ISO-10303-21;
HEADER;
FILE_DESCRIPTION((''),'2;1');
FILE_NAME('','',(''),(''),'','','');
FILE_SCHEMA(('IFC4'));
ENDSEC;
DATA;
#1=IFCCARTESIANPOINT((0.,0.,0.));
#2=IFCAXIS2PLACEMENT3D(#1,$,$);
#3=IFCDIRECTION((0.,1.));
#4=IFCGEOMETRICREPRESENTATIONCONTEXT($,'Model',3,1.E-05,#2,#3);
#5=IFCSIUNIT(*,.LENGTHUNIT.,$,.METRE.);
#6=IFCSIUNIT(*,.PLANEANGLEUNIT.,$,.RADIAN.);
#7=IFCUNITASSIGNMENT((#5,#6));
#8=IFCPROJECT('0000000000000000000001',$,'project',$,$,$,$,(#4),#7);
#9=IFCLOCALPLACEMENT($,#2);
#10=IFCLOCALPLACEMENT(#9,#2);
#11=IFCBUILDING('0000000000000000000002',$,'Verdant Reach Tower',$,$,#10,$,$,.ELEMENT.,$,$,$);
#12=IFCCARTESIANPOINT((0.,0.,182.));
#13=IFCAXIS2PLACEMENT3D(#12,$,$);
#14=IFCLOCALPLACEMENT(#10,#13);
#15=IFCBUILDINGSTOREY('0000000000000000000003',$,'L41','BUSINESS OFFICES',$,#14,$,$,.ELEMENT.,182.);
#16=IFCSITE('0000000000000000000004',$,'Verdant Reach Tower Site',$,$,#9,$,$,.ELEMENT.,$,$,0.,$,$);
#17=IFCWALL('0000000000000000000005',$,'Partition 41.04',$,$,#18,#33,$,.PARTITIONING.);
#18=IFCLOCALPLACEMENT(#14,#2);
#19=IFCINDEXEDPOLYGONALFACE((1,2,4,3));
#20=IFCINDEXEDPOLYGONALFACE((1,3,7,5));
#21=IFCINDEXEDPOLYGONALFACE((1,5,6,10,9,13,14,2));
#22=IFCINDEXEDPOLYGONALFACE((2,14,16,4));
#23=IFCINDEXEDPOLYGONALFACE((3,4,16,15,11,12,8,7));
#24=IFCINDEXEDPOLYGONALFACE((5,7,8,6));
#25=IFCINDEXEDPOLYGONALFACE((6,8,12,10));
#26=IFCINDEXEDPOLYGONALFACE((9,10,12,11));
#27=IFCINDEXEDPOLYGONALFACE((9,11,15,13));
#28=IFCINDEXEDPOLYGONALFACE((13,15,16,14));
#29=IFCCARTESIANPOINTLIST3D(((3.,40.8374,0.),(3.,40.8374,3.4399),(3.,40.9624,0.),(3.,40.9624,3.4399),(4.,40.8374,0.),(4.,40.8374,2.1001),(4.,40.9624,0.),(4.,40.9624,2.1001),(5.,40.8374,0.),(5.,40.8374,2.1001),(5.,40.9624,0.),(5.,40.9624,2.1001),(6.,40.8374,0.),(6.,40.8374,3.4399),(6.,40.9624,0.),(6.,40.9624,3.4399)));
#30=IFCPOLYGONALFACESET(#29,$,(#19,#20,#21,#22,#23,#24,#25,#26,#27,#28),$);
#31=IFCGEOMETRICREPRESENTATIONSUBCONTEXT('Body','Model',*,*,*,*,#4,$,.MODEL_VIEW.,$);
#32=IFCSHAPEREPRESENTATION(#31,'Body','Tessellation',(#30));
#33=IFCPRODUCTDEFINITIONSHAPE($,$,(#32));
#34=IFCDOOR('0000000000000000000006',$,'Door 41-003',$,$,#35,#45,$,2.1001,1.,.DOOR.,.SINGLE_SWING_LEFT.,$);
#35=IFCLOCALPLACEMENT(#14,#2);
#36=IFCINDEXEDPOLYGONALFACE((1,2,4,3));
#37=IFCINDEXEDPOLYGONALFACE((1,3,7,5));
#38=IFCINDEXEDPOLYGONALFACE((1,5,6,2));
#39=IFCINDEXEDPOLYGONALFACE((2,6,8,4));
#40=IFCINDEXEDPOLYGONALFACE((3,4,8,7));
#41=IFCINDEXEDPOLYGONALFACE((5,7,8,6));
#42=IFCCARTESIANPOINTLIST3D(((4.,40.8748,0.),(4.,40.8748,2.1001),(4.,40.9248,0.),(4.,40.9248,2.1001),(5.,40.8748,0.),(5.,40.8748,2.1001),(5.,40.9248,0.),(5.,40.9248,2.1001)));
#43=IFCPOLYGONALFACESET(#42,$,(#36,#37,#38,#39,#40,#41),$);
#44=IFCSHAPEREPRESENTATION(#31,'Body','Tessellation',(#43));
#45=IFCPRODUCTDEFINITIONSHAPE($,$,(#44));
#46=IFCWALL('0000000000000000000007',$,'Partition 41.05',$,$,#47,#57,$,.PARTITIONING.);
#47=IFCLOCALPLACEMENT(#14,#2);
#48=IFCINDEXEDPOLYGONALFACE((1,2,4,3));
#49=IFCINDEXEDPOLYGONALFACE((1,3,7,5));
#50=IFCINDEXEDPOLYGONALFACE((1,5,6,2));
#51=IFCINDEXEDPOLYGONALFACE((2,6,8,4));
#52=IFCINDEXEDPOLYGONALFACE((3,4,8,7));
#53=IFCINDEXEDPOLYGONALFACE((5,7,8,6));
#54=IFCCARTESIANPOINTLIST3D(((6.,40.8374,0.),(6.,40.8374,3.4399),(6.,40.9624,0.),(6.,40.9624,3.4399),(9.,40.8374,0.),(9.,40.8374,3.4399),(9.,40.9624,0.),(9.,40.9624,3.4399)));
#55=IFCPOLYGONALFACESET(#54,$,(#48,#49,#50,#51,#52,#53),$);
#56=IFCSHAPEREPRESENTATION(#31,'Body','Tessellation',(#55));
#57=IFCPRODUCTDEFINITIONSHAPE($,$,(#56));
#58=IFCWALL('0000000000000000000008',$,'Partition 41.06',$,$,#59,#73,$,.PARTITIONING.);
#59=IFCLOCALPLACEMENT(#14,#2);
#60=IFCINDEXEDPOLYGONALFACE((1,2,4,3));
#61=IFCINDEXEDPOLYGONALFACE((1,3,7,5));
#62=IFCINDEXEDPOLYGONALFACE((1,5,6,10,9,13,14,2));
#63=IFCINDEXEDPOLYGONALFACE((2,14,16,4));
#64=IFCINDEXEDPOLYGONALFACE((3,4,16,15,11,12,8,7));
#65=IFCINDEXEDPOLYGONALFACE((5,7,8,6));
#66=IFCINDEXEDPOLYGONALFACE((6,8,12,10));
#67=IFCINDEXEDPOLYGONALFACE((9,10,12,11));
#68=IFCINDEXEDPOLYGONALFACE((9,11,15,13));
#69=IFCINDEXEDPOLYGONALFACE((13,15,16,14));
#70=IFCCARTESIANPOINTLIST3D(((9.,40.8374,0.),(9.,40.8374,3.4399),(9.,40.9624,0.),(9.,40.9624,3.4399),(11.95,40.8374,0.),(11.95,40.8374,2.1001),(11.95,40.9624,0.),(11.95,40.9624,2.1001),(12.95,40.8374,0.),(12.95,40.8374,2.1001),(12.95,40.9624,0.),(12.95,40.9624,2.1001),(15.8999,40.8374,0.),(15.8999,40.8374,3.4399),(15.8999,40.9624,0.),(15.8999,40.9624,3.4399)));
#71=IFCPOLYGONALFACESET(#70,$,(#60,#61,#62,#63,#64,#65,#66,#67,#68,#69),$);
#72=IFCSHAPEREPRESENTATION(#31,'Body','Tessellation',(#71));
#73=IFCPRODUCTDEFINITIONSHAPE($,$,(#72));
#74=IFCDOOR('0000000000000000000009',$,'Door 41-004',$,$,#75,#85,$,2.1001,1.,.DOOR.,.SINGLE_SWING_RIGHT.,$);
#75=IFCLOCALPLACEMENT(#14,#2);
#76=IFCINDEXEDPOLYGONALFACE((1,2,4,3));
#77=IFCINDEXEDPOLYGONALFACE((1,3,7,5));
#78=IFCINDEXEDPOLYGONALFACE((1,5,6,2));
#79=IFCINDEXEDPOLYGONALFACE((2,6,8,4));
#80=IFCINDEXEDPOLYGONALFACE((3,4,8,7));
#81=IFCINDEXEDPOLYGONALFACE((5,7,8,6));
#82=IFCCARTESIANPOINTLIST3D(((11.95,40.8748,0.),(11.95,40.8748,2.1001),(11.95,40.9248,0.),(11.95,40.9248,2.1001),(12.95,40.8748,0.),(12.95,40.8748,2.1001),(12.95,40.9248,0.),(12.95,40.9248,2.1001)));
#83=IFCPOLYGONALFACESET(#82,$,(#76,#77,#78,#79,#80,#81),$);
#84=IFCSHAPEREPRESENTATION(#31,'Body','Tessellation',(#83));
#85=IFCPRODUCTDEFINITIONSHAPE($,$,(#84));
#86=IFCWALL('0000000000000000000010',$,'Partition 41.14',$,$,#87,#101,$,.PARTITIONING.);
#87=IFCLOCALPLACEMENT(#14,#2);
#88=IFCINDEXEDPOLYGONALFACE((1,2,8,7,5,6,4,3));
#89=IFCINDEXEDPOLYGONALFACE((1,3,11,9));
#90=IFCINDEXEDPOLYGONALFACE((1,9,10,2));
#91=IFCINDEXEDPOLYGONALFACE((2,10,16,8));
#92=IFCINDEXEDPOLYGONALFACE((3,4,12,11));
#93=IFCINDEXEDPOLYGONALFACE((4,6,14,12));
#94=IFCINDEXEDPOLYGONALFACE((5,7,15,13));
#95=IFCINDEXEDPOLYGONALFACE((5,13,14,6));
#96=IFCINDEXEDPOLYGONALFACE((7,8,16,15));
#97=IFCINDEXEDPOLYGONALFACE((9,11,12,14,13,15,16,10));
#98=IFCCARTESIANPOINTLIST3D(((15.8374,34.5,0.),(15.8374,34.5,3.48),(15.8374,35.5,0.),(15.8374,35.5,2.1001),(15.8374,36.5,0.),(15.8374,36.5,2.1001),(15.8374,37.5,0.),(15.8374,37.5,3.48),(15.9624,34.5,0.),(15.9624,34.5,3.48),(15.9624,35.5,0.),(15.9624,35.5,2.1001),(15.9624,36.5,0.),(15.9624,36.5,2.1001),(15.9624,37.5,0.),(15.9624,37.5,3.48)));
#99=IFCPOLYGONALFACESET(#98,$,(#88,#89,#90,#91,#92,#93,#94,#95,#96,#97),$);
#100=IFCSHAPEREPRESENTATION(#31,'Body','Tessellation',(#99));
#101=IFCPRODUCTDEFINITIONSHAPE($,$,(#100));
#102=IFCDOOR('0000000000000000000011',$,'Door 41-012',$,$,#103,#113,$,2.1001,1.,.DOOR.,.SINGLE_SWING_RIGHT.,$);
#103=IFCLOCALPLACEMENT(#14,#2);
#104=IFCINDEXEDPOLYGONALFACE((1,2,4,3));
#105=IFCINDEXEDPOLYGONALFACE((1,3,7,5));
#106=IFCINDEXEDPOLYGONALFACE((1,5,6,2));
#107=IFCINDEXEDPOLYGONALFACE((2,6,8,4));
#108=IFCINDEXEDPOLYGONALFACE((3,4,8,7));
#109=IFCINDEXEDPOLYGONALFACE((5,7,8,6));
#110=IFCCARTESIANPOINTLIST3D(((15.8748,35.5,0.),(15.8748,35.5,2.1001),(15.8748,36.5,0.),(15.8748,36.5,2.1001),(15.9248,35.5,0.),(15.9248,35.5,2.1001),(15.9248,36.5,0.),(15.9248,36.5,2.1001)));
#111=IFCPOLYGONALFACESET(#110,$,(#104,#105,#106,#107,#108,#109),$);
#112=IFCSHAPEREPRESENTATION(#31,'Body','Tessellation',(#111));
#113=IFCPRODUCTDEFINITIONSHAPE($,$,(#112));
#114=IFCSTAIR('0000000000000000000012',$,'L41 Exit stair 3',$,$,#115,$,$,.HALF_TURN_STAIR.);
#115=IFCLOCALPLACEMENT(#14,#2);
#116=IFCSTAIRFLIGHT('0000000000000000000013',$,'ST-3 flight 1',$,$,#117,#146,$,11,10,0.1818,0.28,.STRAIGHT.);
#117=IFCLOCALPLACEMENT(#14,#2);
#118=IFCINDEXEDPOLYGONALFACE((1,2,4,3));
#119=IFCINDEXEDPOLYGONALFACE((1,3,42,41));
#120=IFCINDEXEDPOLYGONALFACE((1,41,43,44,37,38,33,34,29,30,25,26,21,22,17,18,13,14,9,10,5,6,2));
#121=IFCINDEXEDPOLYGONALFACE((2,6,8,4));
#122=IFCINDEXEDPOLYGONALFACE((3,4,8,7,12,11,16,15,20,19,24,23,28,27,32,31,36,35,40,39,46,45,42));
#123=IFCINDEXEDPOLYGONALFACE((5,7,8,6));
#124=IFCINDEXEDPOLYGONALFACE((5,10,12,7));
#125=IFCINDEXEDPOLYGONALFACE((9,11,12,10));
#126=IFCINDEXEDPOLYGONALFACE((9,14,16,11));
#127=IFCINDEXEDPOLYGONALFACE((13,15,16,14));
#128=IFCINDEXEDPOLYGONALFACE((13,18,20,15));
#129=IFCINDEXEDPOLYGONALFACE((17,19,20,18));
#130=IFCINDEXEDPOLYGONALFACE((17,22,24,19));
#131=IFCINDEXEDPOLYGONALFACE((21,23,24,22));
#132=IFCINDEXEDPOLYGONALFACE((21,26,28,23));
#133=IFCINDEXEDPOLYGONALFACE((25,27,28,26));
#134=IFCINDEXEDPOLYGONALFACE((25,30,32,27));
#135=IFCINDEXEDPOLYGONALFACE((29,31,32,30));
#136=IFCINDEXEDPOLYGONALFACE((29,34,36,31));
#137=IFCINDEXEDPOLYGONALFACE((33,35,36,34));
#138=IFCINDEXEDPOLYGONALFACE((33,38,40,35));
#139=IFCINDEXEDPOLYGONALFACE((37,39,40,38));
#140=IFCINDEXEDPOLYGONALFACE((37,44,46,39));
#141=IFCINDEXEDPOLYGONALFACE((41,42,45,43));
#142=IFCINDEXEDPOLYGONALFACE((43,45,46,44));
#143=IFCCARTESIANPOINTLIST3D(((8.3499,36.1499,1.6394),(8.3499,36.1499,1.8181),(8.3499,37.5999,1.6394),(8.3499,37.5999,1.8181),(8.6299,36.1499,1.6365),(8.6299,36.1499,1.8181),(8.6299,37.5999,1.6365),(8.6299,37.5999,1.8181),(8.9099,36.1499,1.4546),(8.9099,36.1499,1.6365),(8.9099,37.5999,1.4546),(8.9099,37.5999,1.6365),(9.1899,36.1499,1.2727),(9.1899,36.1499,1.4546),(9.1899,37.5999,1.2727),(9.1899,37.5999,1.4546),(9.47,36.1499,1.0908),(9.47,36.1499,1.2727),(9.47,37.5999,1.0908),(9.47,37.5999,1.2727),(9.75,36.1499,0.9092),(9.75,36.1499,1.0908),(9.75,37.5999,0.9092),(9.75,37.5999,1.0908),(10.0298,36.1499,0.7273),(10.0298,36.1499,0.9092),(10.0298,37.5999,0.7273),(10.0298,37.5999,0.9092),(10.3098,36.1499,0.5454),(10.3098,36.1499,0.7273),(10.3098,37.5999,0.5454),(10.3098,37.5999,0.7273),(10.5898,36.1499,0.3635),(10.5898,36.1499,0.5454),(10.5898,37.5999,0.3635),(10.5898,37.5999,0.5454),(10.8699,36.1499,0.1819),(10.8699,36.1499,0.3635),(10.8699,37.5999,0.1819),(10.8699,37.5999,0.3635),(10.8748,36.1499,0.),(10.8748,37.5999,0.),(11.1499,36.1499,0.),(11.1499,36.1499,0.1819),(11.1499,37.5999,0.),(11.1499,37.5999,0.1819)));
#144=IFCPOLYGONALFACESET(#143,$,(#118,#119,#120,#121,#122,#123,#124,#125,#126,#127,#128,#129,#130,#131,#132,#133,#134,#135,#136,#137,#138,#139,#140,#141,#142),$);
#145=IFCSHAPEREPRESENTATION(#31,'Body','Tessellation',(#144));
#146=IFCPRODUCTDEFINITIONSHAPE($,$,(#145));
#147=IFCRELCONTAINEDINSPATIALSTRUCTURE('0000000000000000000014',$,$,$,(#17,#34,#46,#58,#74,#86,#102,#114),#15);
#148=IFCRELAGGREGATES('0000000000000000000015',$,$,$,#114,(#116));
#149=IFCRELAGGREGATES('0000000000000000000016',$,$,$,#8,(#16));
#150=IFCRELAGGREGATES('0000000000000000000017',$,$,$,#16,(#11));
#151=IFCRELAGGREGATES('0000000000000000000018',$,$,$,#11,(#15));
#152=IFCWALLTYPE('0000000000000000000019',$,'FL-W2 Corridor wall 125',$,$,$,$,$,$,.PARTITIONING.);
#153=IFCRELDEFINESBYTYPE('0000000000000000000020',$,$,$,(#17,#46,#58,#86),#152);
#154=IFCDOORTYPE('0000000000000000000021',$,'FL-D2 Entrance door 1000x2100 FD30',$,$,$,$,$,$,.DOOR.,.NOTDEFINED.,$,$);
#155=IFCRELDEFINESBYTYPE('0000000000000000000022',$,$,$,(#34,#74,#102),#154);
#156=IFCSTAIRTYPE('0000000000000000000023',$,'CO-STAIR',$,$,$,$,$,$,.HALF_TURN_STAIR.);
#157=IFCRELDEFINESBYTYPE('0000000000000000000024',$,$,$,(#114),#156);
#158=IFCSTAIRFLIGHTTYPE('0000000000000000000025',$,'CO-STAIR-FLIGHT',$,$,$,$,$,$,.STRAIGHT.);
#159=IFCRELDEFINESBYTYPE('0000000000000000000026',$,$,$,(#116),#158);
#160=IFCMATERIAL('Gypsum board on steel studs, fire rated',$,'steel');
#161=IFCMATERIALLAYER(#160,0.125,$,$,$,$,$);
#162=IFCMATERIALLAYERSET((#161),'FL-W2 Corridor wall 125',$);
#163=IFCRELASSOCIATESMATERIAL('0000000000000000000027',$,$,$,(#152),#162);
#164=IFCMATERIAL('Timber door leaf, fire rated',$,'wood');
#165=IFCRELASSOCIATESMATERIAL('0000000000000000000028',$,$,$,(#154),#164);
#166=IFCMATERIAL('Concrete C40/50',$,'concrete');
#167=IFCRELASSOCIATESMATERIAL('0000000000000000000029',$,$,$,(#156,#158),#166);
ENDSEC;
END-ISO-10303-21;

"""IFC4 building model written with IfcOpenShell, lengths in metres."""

from ifc_helpers import new_model, si_unit, direction, frame, frame_2d, origin, place, context, subcontext, project, spatial, polyline, rectangle, outline, extrude, material, layer, layer_set, type_object, element, fill, aggregate, save


model = new_model("IFC4")

# Units and contexts
model_context = context("Model", 3, precision=1e-05, world=origin(), true_north=direction((0.0, 1.0)))
body_context = subcontext(model_context, "Body", "Model", "MODEL_VIEW")
ifc_project = project(units=[si_unit("LENGTHUNIT", "METRE"), si_unit("PLANEANGLEUNIT", "RADIAN")], contexts=[model_context])

# Site, building, storey
site_placement = place(None, origin())
site = spatial("IfcSite", under=ifc_project, at=site_placement, Name="Verdant Reach Tower Site", CompositionType="ELEMENT", RefElevation=0.0)
building_placement = place(site_placement, origin())
building = spatial("IfcBuilding", under=site, at=building_placement, Name="Verdant Reach Tower", CompositionType="ELEMENT")
storey_placement = place(building_placement, frame((0.0, 0.0, 182.0)))
storey = spatial("IfcBuildingStorey", under=building, at=storey_placement, Name="L41", Description="BUSINESS OFFICES", CompositionType="ELEMENT", Elevation=182.0)

# Wall, opening, door
ifc_material_1 = material(Name="Gypsum board on steel studs, fire rated", Category="steel")
ifc_layer_1 = layer(ifc_material_1, 0.125)
ifc_layer_set_1 = layer_set([ifc_layer_1], Name="FL-W2 Corridor wall 125")
wall_type_1 = type_object("IfcWallType", Name="FL-W2 Corridor wall 125", PredefinedType="PARTITIONING", material=ifc_layer_set_1)
wall_1_placement = place(storey_placement, frame((3.0, 40.8999, 0.0), z_axis=(0.0, 0.0, 1.0), x_axis=(1.0, 0.0, 0.0)))
wall_1 = element("IfcWall", 1, at=wall_1_placement, inside=storey, type_object=wall_type_1, Name="Partition 41.04", PredefinedType="PARTITIONING", context=body_context, shape_type="SweptSolid", body=[
    extrude(rectangle(XDim=3.0, YDim=0.125, at=frame_2d((1.5, 0.0))), origin(), (0.0, 0.0, 1.0), 3.4399),
])
opening_1_placement = place(wall_1_placement, frame((1.0, 0.0, 0.0)))
opening_1 = element("IfcOpeningElement", 2, at=opening_1_placement, cuts=wall_1, PredefinedType="OPENING", context=body_context, shape_type="SweptSolid", body=[
    extrude(rectangle(XDim=1.0, YDim=2.1001, at=frame_2d((0.5, 1.05))), frame((0.0, 0.0725, 0.0), z_axis=(0.0, -1.0, 0.0), x_axis=(1.0, 0.0, 0.0)), (0.0, 0.0, 1.0), 0.145),
])
ifc_material_2 = material(Name="Timber door leaf, fire rated", Category="wood")
door_type_1 = type_object("IfcDoorType", Name="FL-D2 Entrance door 1000x2100 FD30", OperationType="NOTDEFINED", PredefinedType="DOOR", material=ifc_material_2)
door_1_placement = place(opening_1_placement, origin())
door_1 = element("IfcDoor", 3, at=door_1_placement, inside=storey, type_object=door_type_1, Name="Door 41-003", OperationType="SINGLE_SWING_LEFT", OverallHeight=2.1001, OverallWidth=1.0, PredefinedType="DOOR", context=body_context, shape_type="SweptSolid", body=[
    extrude(rectangle(XDim=1.0, YDim=2.1001, at=frame_2d((0.5, 1.05))), frame((0.0, 0.0249, 0.0), z_axis=(0.0, -1.0, 0.0), x_axis=(1.0, 0.0, 0.0)), (0.0, 0.0, 1.0), 0.05),
])
fill(opening_1, door_1)

# Wall
wall_2_placement = place(storey_placement, frame((9.0, 40.8999, 0.0), z_axis=(0.0, 0.0, 1.0), x_axis=(-1.0, 0.0, 0.0)))
element("IfcWall", 4, at=wall_2_placement, inside=storey, type_object=wall_type_1, Name="Partition 41.05", PredefinedType="PARTITIONING", context=body_context, shape_type="SweptSolid", body=[
    extrude(rectangle(XDim=3.0, YDim=0.125, at=frame_2d((1.5, 0.0))), origin(), (0.0, 0.0, 1.0), 3.4399),
])

# Walls, openings, doors
wall_3_placement = place(storey_placement, frame((9.0, 40.8999, 0.0), z_axis=(0.0, 0.0, 1.0), x_axis=(1.0, 0.0, 0.0)))
wall_3 = element("IfcWall", 5, at=wall_3_placement, inside=storey, type_object=wall_type_1, Name="Partition 41.06", PredefinedType="PARTITIONING", context=body_context, shape_type="SweptSolid", body=[
    extrude(rectangle(XDim=6.8999, YDim=0.125, at=frame_2d((3.45, 0.0))), origin(), (0.0, 0.0, 1.0), 3.4399),
])
opening_2_placement = place(wall_3_placement, frame((2.95, 0.0, 0.0)))
opening_2 = element("IfcOpeningElement", 6, at=opening_2_placement, cuts=wall_3, PredefinedType="OPENING", context=body_context, shape_type="SweptSolid", body=[
    extrude(rectangle(XDim=1.0, YDim=2.1001, at=frame_2d((0.5, 1.05))), frame((0.0, 0.0725, 0.0), z_axis=(0.0, -1.0, 0.0), x_axis=(1.0, 0.0, 0.0)), (0.0, 0.0, 1.0), 0.145),
])
door_2_placement = place(opening_2_placement, origin())
door_2 = element("IfcDoor", 7, at=door_2_placement, inside=storey, type_object=door_type_1, Name="Door 41-004", OperationType="SINGLE_SWING_RIGHT", OverallHeight=2.1001, OverallWidth=1.0, PredefinedType="DOOR", context=body_context, shape_type="SweptSolid", body=[
    extrude(rectangle(XDim=1.0, YDim=2.1001, at=frame_2d((0.5, 1.05))), frame((0.0, 0.0249, 0.0), z_axis=(0.0, -1.0, 0.0), x_axis=(1.0, 0.0, 0.0)), (0.0, 0.0, 1.0), 0.05),
])
fill(opening_2, door_2)
wall_4_placement = place(storey_placement, frame((15.8999, 37.5, 0.0), z_axis=(0.0, 0.0, 1.0), x_axis=(0.0, -1.0, 0.0)))
wall_4 = element("IfcWall", 8, at=wall_4_placement, inside=storey, type_object=wall_type_1, Name="Partition 41.14", PredefinedType="PARTITIONING", context=body_context, shape_type="SweptSolid", body=[
    extrude(rectangle(XDim=3.0, YDim=0.125, at=frame_2d((1.5, 0.0))), origin(), (0.0, 0.0, 1.0), 3.48),
])
opening_3_placement = place(wall_4_placement, frame((1.0, 0.0, 0.0)))
opening_3 = element("IfcOpeningElement", 9, at=opening_3_placement, cuts=wall_4, PredefinedType="OPENING", context=body_context, shape_type="SweptSolid", body=[
    extrude(rectangle(XDim=1.0, YDim=2.1001, at=frame_2d((0.5, 1.05))), frame((0.0, 0.0725, 0.0), z_axis=(0.0, -1.0, 0.0), x_axis=(1.0, 0.0, 0.0)), (0.0, 0.0, 1.0), 0.145),
])
door_3_placement = place(opening_3_placement, origin())
door_3 = element("IfcDoor", 10, at=door_3_placement, inside=storey, type_object=door_type_1, Name="Door 41-012", OperationType="SINGLE_SWING_RIGHT", OverallHeight=2.1001, OverallWidth=1.0, PredefinedType="DOOR", context=body_context, shape_type="SweptSolid", body=[
    extrude(rectangle(XDim=1.0, YDim=2.1001, at=frame_2d((0.5, 1.05))), frame((0.0, 0.0249, 0.0), z_axis=(0.0, -1.0, 0.0), x_axis=(1.0, 0.0, 0.0)), (0.0, 0.0, 1.0), 0.05),
])
fill(opening_3, door_3)

# Stair, stair flight
ifc_material_3 = material(Name="Concrete C40/50", Category="concrete")
stair_type = type_object("IfcStairType", Name="CO-STAIR", PredefinedType="HALF_TURN_STAIR", material=ifc_material_3)
stair_placement = place(storey_placement, origin())
stair = element("IfcStair", 11, at=stair_placement, inside=storey, type_object=stair_type, Name="L41 Exit stair 3", PredefinedType="HALF_TURN_STAIR")
stair_flight_type = type_object("IfcStairFlightType", Name="CO-STAIR-FLIGHT", PredefinedType="STRAIGHT", material=ifc_material_3)
stair_flight_placement = place(storey_placement, frame((11.1499, 36.875, 0.0), z_axis=(0.0, 0.0, 1.0), x_axis=(-1.0, 0.0, 0.0)))
stair_flight = element("IfcStairFlight", 12, at=stair_flight_placement, type_object=stair_flight_type, Name="ST-3 flight 1", NumberOfRisers=11, NumberOfTreads=10, PredefinedType="STRAIGHT", RiserHeight=0.1818, TreadLength=0.28, context=body_context, shape_type="SweptSolid", body=[
    extrude(outline(polyline([(0.0, 0.0), (0.0, 0.1819), (0.28, 0.1819), (0.28, 0.3635), (0.5601, 0.3635), (0.5601, 0.5454), (0.8401, 0.5454), (0.8401, 0.7273), (1.1201, 0.7273), (1.1201, 0.9092), (1.3999, 0.9092), (1.3999, 1.0908), (1.6799, 1.0908), (1.6799, 1.2727), (1.96, 1.2727), (1.96, 1.4546), (2.24, 1.4546), (2.24, 1.6365), (2.52, 1.6365), (2.52, 1.8181), (2.8, 1.8181), (2.8, 2.0), (2.8, 1.6394), (0.2751, 0.0), (0.0, 0.0)])), frame((0.0, 0.7251, 0.0), z_axis=(0.0, -1.0, 0.0), x_axis=(1.0, 0.0, 0.0)), (0.0, 0.0, 1.0), 1.45),
])
aggregate(stair, [stair_flight])

save(model, "model.ifc")
